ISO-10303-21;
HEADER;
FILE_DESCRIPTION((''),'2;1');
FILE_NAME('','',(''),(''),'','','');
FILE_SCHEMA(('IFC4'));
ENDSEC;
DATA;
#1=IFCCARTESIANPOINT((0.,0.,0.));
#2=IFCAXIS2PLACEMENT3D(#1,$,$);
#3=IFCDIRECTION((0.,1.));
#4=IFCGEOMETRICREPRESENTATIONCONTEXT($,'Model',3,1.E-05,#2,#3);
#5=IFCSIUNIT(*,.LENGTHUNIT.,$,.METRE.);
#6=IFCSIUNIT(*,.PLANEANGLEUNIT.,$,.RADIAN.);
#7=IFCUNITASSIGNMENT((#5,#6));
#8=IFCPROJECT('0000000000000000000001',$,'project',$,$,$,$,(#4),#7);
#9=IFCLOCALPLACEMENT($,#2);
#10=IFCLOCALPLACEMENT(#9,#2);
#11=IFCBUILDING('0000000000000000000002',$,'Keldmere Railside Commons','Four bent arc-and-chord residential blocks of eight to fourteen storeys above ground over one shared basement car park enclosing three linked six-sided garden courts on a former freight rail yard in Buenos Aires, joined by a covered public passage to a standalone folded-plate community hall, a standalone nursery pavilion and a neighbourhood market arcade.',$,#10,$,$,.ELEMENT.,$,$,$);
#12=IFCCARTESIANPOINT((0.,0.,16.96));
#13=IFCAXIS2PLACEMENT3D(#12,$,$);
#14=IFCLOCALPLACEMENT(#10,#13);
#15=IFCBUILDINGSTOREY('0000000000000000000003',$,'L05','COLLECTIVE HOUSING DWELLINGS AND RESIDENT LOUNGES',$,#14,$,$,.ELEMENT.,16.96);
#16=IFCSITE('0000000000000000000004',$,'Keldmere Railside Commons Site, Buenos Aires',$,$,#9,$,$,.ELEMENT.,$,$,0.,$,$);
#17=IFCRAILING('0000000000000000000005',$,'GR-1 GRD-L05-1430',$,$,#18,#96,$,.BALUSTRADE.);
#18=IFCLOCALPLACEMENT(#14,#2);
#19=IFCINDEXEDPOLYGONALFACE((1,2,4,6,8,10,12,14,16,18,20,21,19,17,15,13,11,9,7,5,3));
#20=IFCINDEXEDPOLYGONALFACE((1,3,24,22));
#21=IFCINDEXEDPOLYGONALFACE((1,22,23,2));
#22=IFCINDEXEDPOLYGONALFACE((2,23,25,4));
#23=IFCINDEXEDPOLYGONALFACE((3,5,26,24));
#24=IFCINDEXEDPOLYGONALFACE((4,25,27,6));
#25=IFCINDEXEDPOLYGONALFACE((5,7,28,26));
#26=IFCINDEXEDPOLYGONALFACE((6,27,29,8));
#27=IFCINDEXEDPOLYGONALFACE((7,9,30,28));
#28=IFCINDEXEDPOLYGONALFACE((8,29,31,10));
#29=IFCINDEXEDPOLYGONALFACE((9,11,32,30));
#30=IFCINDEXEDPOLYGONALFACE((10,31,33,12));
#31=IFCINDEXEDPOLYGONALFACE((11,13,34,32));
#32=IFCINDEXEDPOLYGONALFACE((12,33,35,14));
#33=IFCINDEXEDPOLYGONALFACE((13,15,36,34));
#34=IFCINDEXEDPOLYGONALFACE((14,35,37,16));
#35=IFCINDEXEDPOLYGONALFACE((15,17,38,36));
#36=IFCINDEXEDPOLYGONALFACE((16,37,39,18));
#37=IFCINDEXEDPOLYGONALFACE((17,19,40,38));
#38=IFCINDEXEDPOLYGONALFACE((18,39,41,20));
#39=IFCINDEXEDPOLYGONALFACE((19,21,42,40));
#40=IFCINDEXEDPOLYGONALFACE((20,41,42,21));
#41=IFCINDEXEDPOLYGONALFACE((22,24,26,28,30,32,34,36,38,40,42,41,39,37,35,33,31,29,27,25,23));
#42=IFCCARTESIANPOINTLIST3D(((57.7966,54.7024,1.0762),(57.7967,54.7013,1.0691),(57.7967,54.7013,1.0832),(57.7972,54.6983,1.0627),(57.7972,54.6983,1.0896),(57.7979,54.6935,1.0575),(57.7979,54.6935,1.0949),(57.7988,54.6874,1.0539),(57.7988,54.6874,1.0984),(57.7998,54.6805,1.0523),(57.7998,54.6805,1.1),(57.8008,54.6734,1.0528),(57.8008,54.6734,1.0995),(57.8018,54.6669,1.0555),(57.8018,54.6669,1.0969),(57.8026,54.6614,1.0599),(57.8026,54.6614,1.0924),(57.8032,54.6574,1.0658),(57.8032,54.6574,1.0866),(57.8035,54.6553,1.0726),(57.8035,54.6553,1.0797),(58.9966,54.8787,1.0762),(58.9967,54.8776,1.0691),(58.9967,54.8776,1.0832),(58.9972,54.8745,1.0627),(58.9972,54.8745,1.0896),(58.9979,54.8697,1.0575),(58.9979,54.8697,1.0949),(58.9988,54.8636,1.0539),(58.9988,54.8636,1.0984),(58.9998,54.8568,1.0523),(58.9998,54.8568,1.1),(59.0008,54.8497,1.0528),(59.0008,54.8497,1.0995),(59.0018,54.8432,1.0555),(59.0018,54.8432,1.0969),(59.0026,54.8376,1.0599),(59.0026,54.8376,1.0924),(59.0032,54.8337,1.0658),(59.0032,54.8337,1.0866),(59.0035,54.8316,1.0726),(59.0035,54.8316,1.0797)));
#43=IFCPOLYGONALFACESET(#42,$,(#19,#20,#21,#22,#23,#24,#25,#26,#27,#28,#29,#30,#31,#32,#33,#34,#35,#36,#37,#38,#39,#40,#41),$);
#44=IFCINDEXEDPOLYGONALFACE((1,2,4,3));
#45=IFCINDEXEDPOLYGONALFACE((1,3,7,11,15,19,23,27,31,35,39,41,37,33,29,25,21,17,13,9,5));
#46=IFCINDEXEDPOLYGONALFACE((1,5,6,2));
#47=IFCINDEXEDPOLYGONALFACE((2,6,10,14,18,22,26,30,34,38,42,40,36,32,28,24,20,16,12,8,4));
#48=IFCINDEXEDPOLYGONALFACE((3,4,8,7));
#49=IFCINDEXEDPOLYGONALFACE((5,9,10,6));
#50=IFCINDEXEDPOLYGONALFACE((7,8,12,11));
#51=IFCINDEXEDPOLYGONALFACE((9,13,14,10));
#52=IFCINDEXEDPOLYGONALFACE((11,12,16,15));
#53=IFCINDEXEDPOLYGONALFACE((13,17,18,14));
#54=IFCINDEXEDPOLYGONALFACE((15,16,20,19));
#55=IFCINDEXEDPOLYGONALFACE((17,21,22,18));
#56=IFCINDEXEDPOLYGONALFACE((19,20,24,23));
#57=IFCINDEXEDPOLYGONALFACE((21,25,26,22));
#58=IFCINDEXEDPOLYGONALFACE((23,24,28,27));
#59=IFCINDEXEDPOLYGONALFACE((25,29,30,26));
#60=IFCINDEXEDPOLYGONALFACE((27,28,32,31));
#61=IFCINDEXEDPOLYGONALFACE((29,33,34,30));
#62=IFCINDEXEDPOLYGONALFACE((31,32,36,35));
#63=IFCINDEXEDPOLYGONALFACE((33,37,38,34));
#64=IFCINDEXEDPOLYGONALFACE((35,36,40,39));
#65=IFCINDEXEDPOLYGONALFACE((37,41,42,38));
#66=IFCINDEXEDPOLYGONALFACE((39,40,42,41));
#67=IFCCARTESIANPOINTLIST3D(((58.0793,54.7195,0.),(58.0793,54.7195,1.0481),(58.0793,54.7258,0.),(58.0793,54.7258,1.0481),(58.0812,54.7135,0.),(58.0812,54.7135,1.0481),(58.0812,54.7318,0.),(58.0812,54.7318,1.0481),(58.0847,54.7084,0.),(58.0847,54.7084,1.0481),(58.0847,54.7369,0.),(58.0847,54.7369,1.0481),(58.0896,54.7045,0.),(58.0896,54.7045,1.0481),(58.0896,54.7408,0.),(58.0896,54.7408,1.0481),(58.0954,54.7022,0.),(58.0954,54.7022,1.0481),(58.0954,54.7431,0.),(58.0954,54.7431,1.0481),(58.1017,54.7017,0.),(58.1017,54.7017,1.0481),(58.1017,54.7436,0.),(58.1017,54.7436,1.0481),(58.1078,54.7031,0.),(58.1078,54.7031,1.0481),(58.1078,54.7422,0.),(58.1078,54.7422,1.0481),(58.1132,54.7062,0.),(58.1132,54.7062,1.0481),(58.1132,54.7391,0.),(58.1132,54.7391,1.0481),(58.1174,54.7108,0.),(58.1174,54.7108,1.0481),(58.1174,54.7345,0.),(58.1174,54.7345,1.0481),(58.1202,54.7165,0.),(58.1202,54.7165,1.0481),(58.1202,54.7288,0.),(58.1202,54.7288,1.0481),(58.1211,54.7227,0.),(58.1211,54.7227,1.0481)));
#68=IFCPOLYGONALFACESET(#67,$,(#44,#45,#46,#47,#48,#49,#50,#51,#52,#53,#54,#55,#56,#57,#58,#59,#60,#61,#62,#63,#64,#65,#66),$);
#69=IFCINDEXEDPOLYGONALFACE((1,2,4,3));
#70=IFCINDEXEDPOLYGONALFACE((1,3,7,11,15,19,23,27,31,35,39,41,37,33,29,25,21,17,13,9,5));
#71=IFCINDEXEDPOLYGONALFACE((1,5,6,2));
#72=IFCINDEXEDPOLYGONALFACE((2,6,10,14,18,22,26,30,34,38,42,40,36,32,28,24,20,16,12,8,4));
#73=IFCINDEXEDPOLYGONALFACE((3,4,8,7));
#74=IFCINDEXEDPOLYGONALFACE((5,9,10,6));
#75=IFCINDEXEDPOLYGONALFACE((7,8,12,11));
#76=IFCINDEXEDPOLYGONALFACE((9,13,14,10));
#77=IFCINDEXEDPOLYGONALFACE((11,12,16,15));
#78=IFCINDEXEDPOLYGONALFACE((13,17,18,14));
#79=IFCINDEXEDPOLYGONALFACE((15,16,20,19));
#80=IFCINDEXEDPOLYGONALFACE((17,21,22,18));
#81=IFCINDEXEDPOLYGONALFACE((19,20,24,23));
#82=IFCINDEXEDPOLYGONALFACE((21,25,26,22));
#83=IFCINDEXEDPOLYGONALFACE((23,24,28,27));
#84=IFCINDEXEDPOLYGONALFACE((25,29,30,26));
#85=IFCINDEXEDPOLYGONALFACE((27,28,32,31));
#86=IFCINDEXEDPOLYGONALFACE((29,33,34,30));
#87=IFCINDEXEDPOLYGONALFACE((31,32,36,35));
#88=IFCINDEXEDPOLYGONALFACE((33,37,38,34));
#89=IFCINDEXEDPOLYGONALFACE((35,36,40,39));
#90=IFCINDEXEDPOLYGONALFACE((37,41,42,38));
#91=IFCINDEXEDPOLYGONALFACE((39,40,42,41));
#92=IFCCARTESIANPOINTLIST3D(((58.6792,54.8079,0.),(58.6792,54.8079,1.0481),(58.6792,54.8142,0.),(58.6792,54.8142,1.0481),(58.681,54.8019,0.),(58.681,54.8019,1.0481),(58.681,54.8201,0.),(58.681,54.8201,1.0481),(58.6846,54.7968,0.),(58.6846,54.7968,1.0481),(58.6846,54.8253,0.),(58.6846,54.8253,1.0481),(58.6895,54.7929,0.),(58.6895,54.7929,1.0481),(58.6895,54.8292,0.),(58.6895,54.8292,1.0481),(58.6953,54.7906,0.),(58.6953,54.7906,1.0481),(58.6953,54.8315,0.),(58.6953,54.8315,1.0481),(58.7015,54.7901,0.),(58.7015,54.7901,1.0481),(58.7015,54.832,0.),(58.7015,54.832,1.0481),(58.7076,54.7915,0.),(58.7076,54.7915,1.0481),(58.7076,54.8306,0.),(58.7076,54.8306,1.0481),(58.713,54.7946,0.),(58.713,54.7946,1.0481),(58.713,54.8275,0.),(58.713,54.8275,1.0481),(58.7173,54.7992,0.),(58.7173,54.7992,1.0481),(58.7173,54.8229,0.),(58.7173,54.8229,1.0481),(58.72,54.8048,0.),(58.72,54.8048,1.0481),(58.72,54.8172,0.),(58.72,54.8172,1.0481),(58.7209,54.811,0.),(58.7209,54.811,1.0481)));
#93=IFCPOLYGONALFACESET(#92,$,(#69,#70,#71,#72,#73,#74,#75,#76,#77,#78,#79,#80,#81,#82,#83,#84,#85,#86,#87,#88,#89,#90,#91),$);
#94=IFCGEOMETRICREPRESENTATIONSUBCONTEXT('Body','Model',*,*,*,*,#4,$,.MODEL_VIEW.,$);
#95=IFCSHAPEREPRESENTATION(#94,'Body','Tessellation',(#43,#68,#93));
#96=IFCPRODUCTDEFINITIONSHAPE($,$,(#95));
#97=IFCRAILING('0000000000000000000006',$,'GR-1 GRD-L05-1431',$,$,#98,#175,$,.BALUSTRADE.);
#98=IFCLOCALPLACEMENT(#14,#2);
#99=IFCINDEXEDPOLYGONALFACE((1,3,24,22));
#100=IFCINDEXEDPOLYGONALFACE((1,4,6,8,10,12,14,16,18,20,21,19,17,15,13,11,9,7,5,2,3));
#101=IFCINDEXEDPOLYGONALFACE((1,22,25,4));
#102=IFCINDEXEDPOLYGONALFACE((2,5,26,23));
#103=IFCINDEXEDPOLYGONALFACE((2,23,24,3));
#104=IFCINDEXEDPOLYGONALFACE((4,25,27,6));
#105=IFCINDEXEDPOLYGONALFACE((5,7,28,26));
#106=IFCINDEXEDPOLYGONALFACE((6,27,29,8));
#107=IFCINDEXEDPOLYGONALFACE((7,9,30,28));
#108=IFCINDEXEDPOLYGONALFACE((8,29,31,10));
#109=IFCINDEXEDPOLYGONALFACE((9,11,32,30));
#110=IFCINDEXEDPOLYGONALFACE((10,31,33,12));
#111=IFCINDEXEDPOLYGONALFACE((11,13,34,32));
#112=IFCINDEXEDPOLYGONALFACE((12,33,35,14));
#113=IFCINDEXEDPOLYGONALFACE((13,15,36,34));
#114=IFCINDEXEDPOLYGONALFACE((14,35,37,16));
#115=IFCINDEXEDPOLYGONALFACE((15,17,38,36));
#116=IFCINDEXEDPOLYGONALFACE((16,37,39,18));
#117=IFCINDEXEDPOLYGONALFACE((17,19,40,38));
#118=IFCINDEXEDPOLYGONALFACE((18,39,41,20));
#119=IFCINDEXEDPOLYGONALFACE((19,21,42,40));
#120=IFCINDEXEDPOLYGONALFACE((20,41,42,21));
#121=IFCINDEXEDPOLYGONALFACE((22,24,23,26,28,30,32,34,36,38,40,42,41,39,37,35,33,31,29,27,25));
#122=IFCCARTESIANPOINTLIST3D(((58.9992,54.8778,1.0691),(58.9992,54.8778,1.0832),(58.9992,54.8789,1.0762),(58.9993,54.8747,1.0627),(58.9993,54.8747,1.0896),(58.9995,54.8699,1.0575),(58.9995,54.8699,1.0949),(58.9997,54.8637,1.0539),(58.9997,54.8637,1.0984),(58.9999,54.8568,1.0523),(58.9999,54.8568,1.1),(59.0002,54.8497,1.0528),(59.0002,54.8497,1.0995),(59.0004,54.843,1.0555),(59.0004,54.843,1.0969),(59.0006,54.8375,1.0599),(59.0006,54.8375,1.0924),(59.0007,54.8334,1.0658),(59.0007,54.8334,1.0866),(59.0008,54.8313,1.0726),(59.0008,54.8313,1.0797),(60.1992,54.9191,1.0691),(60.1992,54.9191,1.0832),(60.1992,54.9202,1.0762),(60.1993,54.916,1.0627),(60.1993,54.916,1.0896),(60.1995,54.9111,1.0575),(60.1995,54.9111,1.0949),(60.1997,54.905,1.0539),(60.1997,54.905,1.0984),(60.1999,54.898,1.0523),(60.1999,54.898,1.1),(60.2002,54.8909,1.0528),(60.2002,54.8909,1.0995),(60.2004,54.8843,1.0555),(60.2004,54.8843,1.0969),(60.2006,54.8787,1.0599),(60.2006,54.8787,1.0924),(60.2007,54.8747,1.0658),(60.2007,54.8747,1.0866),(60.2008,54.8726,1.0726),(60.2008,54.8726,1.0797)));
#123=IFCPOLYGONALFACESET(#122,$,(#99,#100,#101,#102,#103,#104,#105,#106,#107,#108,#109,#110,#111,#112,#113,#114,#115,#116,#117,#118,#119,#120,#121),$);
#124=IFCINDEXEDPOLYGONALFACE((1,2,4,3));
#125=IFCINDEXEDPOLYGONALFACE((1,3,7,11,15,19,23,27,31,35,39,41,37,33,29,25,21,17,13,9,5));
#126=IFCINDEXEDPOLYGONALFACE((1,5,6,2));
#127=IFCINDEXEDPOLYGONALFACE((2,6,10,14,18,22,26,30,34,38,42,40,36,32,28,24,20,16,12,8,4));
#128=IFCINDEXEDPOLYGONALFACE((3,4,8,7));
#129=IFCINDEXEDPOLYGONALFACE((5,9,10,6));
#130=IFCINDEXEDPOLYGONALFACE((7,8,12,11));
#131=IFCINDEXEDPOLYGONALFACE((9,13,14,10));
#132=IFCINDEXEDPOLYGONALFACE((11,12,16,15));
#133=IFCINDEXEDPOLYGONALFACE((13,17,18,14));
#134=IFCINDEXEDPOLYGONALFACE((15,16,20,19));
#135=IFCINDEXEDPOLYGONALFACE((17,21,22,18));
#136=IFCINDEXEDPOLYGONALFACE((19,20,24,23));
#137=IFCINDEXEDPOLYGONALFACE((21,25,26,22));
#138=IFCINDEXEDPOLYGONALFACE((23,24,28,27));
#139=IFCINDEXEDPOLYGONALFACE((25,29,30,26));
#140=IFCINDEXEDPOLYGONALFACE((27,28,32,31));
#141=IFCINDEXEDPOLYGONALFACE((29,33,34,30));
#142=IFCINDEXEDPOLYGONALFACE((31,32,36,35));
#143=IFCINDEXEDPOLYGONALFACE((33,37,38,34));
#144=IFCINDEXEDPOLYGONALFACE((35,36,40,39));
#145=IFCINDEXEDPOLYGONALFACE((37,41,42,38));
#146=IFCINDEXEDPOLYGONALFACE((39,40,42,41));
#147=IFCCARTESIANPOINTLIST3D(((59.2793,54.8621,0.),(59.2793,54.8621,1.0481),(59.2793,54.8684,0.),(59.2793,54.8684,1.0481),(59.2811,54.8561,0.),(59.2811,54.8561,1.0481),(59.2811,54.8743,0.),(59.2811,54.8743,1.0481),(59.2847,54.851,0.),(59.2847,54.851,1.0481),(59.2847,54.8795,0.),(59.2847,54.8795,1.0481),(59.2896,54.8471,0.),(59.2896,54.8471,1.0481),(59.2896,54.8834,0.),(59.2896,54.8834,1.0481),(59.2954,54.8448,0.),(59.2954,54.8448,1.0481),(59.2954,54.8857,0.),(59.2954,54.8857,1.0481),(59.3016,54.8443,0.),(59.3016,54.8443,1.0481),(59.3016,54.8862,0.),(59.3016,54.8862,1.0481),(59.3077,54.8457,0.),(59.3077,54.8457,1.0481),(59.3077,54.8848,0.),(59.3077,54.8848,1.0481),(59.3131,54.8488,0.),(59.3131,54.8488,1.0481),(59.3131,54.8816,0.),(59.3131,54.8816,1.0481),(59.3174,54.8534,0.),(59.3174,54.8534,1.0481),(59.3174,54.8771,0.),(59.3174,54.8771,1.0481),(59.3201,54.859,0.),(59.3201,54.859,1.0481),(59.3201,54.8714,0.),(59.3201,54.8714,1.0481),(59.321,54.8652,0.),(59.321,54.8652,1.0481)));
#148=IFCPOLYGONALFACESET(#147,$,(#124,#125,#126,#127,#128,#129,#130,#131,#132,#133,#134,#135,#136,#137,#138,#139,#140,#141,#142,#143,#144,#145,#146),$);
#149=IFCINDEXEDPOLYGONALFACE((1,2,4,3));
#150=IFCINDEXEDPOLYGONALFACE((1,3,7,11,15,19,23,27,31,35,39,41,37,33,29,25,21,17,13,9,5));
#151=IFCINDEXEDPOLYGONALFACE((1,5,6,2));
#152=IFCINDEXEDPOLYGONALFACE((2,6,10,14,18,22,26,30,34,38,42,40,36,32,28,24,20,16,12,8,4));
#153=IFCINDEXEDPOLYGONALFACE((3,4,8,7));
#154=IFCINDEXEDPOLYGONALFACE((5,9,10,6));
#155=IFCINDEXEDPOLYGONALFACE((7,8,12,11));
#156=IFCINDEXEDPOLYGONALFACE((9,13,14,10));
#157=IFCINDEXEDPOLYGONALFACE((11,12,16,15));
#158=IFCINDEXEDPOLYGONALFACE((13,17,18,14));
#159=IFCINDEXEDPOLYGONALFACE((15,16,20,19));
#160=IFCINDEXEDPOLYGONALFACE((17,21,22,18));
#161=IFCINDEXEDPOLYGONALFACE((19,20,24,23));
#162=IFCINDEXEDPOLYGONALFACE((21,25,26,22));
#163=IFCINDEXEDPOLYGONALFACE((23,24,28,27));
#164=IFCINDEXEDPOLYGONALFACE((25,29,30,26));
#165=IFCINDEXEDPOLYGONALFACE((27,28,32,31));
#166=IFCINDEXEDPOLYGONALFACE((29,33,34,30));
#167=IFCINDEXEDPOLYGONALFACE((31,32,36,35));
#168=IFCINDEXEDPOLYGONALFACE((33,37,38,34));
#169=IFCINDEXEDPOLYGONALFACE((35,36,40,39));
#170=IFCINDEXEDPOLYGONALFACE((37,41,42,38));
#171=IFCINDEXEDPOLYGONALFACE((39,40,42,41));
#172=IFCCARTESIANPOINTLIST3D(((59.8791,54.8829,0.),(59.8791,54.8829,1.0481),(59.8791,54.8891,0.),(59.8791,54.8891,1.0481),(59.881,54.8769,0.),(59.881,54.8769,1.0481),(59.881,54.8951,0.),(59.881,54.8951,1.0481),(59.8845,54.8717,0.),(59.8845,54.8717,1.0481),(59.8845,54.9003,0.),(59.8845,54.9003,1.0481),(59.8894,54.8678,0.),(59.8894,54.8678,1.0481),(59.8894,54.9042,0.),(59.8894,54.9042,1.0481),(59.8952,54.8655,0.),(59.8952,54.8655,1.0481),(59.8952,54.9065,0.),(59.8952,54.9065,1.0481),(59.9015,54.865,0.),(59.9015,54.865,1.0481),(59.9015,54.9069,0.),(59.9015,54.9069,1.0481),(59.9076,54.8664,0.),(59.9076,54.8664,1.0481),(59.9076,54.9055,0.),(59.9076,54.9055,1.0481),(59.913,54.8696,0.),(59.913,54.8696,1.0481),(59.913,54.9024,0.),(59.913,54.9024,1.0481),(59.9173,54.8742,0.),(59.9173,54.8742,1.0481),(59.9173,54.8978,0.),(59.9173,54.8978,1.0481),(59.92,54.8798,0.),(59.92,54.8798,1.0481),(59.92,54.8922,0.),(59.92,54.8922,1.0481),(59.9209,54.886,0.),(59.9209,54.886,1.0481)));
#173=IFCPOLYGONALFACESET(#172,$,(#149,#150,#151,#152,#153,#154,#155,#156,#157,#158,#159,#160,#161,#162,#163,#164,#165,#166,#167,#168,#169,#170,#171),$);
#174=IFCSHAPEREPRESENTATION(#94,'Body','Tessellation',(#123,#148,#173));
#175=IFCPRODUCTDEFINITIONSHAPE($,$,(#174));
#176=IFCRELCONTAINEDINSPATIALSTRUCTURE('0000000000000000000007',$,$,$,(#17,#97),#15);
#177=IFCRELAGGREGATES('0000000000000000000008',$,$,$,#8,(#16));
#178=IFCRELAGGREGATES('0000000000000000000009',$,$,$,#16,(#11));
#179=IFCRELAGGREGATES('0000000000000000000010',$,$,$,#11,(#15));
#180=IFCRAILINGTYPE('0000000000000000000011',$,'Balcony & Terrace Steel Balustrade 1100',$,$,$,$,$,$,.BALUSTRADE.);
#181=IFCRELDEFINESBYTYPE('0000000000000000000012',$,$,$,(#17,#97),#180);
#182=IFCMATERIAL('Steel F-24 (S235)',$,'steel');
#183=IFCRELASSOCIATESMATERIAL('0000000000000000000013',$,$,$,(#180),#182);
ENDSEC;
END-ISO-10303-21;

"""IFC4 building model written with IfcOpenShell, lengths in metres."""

from ifc_helpers import new_model, si_unit, direction, frame, origin, origin_2d, place, context, subcontext, project, spatial, circle, extrude, material, type_object, element, save


model = new_model("IFC4")

# Units and contexts
model_context = context("Model", 3, precision=1e-05, world=origin(), true_north=direction((0.0, 1.0)))
body_context = subcontext(model_context, "Body", "Model", "MODEL_VIEW")
ifc_project = project(units=[si_unit("LENGTHUNIT", "METRE"), si_unit("PLANEANGLEUNIT", "RADIAN")], contexts=[model_context])

# Site, building, storey
site_placement = place(None, origin())
site = spatial("IfcSite", under=ifc_project, at=site_placement, Name="Keldmere Railside Commons Site, Buenos Aires", CompositionType="ELEMENT", RefElevation=0.0)
building_placement = place(site_placement, origin())
building = spatial("IfcBuilding", under=site, at=building_placement, Name="Keldmere Railside Commons", Description="Four bent arc-and-chord residential blocks of eight to fourteen storeys above ground over one shared basement car park enclosing three linked six-sided garden courts on a former freight rail yard in Buenos Aires, joined by a covered public passage to a standalone folded-plate community hall, a standalone nursery pavilion and a neighbourhood market arcade.", CompositionType="ELEMENT")
storey_placement = place(building_placement, frame((0.0, 0.0, 16.96)))
storey = spatial("IfcBuildingStorey", under=building, at=storey_placement, Name="L05", Description="COLLECTIVE HOUSING DWELLINGS AND RESIDENT LOUNGES", CompositionType="ELEMENT", Elevation=16.96)

# Railings
ifc_material_1 = material(Name="Steel F-24 (S235)", Category="steel")
railing_type = type_object("IfcRailingType", Name="Balcony & Terrace Steel Balustrade 1100", PredefinedType="BALUSTRADE", material=ifc_material_1)
railing_1_placement = place(storey_placement, frame((57.8, 54.6787, 0.0)))
element("IfcRailing", 1, at=railing_1_placement, inside=storey, type_object=railing_type, Name="GR-1 GRD-L05-1430", PredefinedType="BALUSTRADE", context=body_context, shape_type="SweptSolid", body=[
    extrude(circle(Radius=0.0239, at=origin_2d()), frame((0.0, 0.0, 1.0762), z_axis=(0.989382, 0.145338, 0.0), x_axis=(-0.145338, 0.989382, 0.0)), (0.0, 0.0, 1.0), 1.2129),
    extrude(circle(Radius=0.021, at=origin_2d()), frame((0.3, 0.0439, 0.0)), (0.0, 0.0, 1.0), 1.0481),
    extrude(circle(Radius=0.021, at=origin_2d()), frame((0.8999, 0.1323, 0.0)), (0.0, 0.0, 1.0), 1.0481),
])
railing_2_placement = place(storey_placement, frame((59.0, 54.855, 0.0)))
element("IfcRailing", 2, at=railing_2_placement, inside=storey, type_object=railing_type, Name="GR-1 GRD-L05-1431", PredefinedType="BALUSTRADE", context=body_context, shape_type="SweptSolid", body=[
    extrude(circle(Radius=0.0239, at=origin_2d()), frame((0.0, 0.0, 1.0762), z_axis=(0.999409, 0.034364, 0.0), x_axis=(-0.034364, 0.999409, 0.0)), (0.0, 0.0, 1.0), 1.2007),
    extrude(circle(Radius=0.021, at=origin_2d()), frame((0.3, 0.0103, 0.0)), (0.0, 0.0, 1.0), 1.0481),
    extrude(circle(Radius=0.021, at=origin_2d()), frame((0.8999, 0.031, 0.0)), (0.0, 0.0, 1.0), 1.0481),
])

save(model, "model.ifc")
